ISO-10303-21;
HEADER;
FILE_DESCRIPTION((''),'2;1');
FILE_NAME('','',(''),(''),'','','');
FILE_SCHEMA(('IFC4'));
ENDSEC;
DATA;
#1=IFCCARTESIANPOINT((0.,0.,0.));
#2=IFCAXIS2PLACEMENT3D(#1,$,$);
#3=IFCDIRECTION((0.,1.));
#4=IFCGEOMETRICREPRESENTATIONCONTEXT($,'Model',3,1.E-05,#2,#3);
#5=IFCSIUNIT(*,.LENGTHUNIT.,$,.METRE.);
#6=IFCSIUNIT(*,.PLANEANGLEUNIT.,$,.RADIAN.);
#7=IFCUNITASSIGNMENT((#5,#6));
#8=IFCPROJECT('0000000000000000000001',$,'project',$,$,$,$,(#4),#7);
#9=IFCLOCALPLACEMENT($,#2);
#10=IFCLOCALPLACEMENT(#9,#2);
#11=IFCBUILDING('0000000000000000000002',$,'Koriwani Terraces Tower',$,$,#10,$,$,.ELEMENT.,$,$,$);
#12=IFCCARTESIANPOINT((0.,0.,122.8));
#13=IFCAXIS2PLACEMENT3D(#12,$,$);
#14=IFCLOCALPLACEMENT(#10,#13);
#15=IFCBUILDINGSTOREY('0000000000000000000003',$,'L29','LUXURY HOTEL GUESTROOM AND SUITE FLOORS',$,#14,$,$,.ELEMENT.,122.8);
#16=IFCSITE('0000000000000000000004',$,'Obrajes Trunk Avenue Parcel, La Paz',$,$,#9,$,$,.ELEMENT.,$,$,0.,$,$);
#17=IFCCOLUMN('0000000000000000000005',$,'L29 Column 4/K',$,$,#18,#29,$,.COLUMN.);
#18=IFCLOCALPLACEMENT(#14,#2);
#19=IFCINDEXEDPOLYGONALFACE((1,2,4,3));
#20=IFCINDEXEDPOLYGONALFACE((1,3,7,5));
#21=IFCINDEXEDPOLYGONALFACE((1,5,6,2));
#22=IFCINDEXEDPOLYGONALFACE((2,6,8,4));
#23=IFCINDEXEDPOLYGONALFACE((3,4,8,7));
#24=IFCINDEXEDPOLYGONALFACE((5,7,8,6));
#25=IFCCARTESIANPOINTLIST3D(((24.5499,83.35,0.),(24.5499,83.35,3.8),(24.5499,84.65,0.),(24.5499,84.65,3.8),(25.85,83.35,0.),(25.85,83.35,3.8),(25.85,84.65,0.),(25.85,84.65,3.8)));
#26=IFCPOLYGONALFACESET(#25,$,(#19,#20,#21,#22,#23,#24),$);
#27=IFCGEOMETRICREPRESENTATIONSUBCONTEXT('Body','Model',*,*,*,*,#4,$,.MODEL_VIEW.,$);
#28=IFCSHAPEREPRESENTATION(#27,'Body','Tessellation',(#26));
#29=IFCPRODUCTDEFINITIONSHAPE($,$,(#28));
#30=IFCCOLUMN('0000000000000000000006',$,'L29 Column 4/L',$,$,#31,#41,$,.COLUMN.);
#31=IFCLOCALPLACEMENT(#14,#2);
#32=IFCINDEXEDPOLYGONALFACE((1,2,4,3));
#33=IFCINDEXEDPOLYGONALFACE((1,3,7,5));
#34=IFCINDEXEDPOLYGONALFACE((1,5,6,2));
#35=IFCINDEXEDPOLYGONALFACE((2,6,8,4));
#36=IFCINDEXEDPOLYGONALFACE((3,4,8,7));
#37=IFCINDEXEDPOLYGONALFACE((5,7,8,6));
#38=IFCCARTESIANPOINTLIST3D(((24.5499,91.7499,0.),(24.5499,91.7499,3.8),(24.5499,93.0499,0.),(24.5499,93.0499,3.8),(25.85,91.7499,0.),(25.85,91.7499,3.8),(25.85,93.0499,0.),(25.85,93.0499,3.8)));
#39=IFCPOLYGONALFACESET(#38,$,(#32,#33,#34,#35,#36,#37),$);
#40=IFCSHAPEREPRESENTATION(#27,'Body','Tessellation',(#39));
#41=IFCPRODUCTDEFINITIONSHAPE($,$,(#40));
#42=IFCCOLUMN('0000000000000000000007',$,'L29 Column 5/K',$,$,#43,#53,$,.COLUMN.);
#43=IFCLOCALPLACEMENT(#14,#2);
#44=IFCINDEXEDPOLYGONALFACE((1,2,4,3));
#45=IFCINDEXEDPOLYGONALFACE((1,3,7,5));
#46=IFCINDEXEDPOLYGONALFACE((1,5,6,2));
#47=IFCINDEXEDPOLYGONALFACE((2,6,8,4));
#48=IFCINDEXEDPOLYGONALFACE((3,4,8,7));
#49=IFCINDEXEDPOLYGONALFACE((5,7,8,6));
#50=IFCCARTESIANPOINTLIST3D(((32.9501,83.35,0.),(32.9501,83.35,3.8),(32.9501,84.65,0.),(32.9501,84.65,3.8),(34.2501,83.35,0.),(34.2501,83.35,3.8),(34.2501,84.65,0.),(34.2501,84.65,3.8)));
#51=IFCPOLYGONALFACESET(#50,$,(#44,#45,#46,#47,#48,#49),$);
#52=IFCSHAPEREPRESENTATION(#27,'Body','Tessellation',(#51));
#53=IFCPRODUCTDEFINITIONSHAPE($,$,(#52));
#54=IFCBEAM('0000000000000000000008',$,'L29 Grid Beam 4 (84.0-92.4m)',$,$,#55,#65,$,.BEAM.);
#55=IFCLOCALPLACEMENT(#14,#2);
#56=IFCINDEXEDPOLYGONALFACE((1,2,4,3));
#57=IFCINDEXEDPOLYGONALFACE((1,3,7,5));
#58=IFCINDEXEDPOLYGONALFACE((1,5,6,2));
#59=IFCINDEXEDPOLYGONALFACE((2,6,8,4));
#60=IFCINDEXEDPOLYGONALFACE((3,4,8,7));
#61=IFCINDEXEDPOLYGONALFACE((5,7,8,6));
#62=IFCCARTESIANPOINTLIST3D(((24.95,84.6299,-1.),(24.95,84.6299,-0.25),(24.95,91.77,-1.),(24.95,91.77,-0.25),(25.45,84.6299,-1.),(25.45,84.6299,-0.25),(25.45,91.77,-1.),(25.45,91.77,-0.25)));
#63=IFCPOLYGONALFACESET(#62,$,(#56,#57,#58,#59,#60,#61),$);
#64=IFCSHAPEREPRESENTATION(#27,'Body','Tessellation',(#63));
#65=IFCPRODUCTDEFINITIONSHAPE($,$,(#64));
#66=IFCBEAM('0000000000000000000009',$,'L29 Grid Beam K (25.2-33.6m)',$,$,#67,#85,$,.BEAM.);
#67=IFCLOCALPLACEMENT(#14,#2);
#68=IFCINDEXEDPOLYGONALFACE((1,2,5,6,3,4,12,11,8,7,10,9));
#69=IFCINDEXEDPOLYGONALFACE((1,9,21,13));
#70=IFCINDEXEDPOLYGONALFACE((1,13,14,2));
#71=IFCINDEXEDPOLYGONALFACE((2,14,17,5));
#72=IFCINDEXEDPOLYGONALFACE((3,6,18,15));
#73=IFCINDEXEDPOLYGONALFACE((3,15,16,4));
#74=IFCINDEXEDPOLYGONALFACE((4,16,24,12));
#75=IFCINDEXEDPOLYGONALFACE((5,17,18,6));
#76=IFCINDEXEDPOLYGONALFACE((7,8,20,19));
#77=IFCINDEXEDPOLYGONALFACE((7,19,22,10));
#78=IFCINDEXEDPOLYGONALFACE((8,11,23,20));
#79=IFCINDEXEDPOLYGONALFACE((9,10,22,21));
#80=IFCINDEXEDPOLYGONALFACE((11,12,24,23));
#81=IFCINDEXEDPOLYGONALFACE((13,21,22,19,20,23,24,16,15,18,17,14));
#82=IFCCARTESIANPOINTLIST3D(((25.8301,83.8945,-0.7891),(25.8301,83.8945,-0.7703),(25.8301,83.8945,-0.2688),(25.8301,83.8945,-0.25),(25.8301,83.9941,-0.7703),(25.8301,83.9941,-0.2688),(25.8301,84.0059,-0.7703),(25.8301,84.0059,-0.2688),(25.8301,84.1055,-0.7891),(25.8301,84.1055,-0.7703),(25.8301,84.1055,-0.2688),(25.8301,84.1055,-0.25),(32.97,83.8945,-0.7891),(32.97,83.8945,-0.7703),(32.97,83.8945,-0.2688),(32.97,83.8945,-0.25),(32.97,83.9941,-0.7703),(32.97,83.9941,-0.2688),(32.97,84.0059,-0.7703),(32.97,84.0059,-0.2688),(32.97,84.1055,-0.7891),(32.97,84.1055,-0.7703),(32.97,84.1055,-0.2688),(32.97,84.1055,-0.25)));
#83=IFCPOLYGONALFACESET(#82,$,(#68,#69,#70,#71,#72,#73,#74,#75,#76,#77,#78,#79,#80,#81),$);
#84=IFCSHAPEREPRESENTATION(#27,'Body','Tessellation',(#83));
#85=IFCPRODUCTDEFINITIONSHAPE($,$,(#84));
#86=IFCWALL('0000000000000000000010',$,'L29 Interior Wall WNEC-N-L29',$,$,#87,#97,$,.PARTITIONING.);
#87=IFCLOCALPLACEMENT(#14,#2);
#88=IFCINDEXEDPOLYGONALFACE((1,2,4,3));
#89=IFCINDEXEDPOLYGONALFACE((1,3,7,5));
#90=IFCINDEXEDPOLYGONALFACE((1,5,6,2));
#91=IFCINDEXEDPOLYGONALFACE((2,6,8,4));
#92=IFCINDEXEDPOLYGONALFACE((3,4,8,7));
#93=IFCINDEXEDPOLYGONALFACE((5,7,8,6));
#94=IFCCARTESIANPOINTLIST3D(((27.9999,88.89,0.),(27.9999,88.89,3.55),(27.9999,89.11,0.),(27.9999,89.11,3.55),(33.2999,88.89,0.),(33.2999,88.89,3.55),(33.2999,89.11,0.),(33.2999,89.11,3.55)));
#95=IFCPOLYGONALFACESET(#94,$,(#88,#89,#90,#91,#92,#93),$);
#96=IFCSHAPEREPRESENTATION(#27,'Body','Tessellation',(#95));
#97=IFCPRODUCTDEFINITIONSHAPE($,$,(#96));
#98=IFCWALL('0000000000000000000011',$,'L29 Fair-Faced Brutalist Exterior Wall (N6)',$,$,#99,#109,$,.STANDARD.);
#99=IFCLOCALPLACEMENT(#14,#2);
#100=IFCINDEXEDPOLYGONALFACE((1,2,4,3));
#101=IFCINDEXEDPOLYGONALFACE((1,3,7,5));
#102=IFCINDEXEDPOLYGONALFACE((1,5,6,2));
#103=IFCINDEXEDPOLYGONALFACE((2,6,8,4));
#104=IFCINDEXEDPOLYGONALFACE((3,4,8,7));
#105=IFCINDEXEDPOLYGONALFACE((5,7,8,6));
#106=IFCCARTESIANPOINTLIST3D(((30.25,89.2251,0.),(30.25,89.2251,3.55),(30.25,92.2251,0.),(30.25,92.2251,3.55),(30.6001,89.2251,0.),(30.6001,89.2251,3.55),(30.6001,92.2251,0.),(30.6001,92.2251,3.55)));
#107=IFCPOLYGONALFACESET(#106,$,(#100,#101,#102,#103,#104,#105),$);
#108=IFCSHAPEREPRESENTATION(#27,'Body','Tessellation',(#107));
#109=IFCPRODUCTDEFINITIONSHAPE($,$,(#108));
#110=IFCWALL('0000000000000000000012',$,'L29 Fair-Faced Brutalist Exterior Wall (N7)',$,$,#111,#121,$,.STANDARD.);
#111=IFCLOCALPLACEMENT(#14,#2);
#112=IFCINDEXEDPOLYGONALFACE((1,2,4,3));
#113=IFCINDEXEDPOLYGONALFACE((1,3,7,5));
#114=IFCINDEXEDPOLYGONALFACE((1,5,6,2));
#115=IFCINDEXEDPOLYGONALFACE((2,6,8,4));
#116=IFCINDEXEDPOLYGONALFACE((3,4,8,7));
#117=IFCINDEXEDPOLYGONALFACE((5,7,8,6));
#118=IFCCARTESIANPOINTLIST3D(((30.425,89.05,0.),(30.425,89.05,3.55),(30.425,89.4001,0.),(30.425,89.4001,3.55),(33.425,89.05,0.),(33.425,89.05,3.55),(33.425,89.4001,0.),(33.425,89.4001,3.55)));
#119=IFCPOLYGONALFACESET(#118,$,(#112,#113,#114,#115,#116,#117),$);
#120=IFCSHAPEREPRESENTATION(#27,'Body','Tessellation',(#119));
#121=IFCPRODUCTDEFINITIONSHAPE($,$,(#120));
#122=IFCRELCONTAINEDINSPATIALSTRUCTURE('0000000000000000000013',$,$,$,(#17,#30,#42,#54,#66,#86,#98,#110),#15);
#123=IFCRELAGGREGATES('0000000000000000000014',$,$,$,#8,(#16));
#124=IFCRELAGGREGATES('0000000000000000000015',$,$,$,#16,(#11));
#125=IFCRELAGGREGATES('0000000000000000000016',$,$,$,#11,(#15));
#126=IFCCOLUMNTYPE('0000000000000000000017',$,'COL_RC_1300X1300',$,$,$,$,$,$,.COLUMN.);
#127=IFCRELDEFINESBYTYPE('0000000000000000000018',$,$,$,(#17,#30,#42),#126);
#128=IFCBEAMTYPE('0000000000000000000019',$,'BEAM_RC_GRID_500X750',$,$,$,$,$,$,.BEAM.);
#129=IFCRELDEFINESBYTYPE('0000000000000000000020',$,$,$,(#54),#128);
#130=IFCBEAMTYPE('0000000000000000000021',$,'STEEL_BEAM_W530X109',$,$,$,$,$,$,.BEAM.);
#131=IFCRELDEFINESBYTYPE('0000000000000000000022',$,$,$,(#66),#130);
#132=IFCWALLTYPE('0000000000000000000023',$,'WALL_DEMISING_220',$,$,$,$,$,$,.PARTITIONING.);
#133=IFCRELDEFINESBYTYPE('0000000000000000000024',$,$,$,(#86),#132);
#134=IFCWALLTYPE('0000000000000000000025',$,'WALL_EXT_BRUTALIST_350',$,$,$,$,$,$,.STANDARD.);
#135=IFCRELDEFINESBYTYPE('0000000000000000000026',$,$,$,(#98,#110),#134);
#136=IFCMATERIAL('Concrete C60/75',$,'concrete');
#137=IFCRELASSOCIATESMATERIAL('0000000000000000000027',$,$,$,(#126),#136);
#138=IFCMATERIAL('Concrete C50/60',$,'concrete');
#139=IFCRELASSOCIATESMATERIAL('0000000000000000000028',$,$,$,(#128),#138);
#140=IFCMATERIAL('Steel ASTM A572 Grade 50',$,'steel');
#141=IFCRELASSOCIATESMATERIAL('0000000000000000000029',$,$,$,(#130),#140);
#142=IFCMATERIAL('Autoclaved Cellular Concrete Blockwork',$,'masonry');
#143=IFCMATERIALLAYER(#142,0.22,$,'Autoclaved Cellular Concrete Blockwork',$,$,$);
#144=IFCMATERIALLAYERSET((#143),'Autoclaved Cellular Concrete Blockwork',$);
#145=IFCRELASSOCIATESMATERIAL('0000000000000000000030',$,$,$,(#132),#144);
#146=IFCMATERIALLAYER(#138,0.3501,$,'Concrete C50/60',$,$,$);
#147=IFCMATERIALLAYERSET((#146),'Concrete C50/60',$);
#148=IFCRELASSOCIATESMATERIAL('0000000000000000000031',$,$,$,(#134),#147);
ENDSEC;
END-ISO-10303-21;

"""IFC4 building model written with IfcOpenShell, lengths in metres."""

from ifc_helpers import new_model, si_unit, direction, frame, frame_2d, origin, origin_2d, place, context, subcontext, project, spatial, rectangle, i_section, extrude, material, layer, layer_set, material_profile, profile_set, type_object, element, save


model = new_model("IFC4")

# Units and contexts
model_context = context("Model", 3, precision=1e-05, world=origin(), true_north=direction((0.0, 1.0)))
body_context = subcontext(model_context, "Body", "Model", "MODEL_VIEW")
ifc_project = project(units=[si_unit("LENGTHUNIT", "METRE"), si_unit("PLANEANGLEUNIT", "RADIAN")], contexts=[model_context])

# Site, building, storey
site_placement = place(None, origin())
site = spatial("IfcSite", under=ifc_project, at=site_placement, Name="Obrajes Trunk Avenue Parcel, La Paz", CompositionType="ELEMENT", RefElevation=0.0)
building_placement = place(site_placement, origin())
building = spatial("IfcBuilding", under=site, at=building_placement, Name="Koriwani Terraces Tower", CompositionType="ELEMENT")
storey_placement = place(building_placement, frame((0.0, 0.0, 122.8)))
storey = spatial("IfcBuildingStorey", under=building, at=storey_placement, Name="L29", Description="LUXURY HOTEL GUESTROOM AND SUITE FLOORS", CompositionType="ELEMENT", Elevation=122.8)

# Columns
ifc_material_1 = material(Name="Concrete C60/75", Category="concrete")
ifc_material_profile_1 = material_profile(ifc_material_1, rectangle(XDim=1.3, YDim=1.3, at=origin_2d()), Name="Concrete C60/75", Category="LoadBearing")
ifc_profile_set_1 = profile_set([ifc_material_profile_1], Name="Concrete C60/75")
column_type = type_object("IfcColumnType", Name="COL_RC_1300X1300", PredefinedType="COLUMN", material=ifc_profile_set_1)
for number, where, z_axis, x_axis, name in (
    (1, (25.2, 84.0, 0.0), (0.0, 0.0, 1.0), (1.0, 0.0, 0.0), "L29 Column 4/K"),
    (2, (25.2, 92.3999, 0.0), (0.0, 0.0, 1.0), (1.0, 0.0, 0.0), "L29 Column 4/L"),
    (3, (33.6001, 84.0, 0.0), (0.0, 0.0, 1.0), (1.0, 0.0, 0.0), "L29 Column 5/K"),
):
    element("IfcColumn", number, at=place(storey_placement, frame(where, z_axis=z_axis, x_axis=x_axis)), inside=storey, type_object=column_type, Name=name, PredefinedType="COLUMN", context=body_context, shape_type="SweptSolid", body=[
        extrude(rectangle(XDim=1.3, YDim=1.3, at=origin_2d()), origin(), (0.0, 0.0, 1.0), 3.8),
    ])

# Beams
ifc_material_2 = material(Name="Concrete C50/60", Category="concrete")
ifc_material_profile_2 = material_profile(ifc_material_2, rectangle(XDim=0.5, YDim=0.75, at=origin_2d()), Name="Concrete C50/60", Category="LoadBearing")
ifc_profile_set_2 = profile_set([ifc_material_profile_2], Name="Concrete C50/60")
beam_type_1 = type_object("IfcBeamType", Name="BEAM_RC_GRID_500X750", PredefinedType="BEAM", material=ifc_profile_set_2)
beam_1_placement = place(storey_placement, frame((25.2, 84.6299, -0.625), z_axis=(0.0, 1.0, 0.0), x_axis=(-1.0, 0.0, 0.0)))
element("IfcBeam", 4, at=beam_1_placement, inside=storey, type_object=beam_type_1, Name="L29 Grid Beam 4 (84.0-92.4m)", PredefinedType="BEAM", context=body_context, shape_type="SweptSolid", body=[
    extrude(rectangle(XDim=0.5, YDim=0.75, at=origin_2d()), origin(), (0.0, 0.0, 1.0), 7.1401),
])
ifc_material_3 = material(Name="Steel ASTM A572 Grade 50", Category="steel")
ifc_material_profile_3 = material_profile(ifc_material_3, i_section(OverallWidth=0.2109, OverallDepth=0.5391, WebThickness=0.0117, FlangeThickness=0.0188, at=origin_2d()), Name="Steel ASTM A572 Grade 50", Category="LoadBearing")
ifc_profile_set_3 = profile_set([ifc_material_profile_3], Name="Steel ASTM A572 Grade 50")
beam_type_2 = type_object("IfcBeamType", Name="STEEL_BEAM_W530X109", PredefinedType="BEAM", material=ifc_profile_set_3)
beam_2_placement = place(storey_placement, frame((25.8301, 84.0, -0.5195), z_axis=(1.0, 0.0, 0.0), x_axis=(0.0, 1.0, 0.0)))
element("IfcBeam", 5, at=beam_2_placement, inside=storey, type_object=beam_type_2, Name="L29 Grid Beam K (25.2-33.6m)", PredefinedType="BEAM", context=body_context, shape_type="SweptSolid", body=[
    extrude(i_section(OverallWidth=0.2109, OverallDepth=0.5391, WebThickness=0.0117, FlangeThickness=0.0188, at=origin_2d()), origin(), (0.0, 0.0, 1.0), 7.1399),
])

# Walls
ifc_material_4 = material(Name="Autoclaved Cellular Concrete Blockwork", Category="masonry")
ifc_layer_1 = layer(ifc_material_4, 0.22, Name="Autoclaved Cellular Concrete Blockwork")
ifc_layer_set_1 = layer_set([ifc_layer_1], Name="Autoclaved Cellular Concrete Blockwork")
wall_type_1 = type_object("IfcWallType", Name="WALL_DEMISING_220", PredefinedType="PARTITIONING", material=ifc_layer_set_1)
wall_1_placement = place(storey_placement, frame((28.0, 89.0, 0.0), z_axis=(0.0, 0.0, 1.0), x_axis=(1.0, 0.0, 0.0)))
element("IfcWall", 6, at=wall_1_placement, inside=storey, type_object=wall_type_1, Name="L29 Interior Wall WNEC-N-L29", PredefinedType="PARTITIONING", context=body_context, shape_type="SweptSolid", body=[
    extrude(rectangle(XDim=5.3, YDim=0.22, at=frame_2d((2.6499, 0.0))), origin(), (0.0, 0.0, 1.0), 3.55),
])
ifc_layer_2 = layer(ifc_material_2, 0.3501, Name="Concrete C50/60")
ifc_layer_set_2 = layer_set([ifc_layer_2], Name="Concrete C50/60")
wall_type_2 = type_object("IfcWallType", Name="WALL_EXT_BRUTALIST_350", PredefinedType="STANDARD", material=ifc_layer_set_2)
for number, where, z_axis, x_axis, name in (
    (7, (30.425, 92.2251, 0.0), (0.0, 0.0, 1.0), (0.0, -1.0, 0.0), "L29 Fair-Faced Brutalist Exterior Wall (N6)"),
    (8, (30.425, 89.2251, 0.0), (0.0, 0.0, 1.0), (1.0, 0.0, 0.0), "L29 Fair-Faced Brutalist Exterior Wall (N7)"),
):
    element("IfcWall", number, at=place(storey_placement, frame(where, z_axis=z_axis, x_axis=x_axis)), inside=storey, type_object=wall_type_2, Name=name, PredefinedType="STANDARD", context=body_context, shape_type="SweptSolid", body=[
        extrude(rectangle(XDim=3.0, YDim=0.3501, at=frame_2d((1.5, 0.0))), origin(), (0.0, 0.0, 1.0), 3.55),
    ])

save(model, "model.ifc")
